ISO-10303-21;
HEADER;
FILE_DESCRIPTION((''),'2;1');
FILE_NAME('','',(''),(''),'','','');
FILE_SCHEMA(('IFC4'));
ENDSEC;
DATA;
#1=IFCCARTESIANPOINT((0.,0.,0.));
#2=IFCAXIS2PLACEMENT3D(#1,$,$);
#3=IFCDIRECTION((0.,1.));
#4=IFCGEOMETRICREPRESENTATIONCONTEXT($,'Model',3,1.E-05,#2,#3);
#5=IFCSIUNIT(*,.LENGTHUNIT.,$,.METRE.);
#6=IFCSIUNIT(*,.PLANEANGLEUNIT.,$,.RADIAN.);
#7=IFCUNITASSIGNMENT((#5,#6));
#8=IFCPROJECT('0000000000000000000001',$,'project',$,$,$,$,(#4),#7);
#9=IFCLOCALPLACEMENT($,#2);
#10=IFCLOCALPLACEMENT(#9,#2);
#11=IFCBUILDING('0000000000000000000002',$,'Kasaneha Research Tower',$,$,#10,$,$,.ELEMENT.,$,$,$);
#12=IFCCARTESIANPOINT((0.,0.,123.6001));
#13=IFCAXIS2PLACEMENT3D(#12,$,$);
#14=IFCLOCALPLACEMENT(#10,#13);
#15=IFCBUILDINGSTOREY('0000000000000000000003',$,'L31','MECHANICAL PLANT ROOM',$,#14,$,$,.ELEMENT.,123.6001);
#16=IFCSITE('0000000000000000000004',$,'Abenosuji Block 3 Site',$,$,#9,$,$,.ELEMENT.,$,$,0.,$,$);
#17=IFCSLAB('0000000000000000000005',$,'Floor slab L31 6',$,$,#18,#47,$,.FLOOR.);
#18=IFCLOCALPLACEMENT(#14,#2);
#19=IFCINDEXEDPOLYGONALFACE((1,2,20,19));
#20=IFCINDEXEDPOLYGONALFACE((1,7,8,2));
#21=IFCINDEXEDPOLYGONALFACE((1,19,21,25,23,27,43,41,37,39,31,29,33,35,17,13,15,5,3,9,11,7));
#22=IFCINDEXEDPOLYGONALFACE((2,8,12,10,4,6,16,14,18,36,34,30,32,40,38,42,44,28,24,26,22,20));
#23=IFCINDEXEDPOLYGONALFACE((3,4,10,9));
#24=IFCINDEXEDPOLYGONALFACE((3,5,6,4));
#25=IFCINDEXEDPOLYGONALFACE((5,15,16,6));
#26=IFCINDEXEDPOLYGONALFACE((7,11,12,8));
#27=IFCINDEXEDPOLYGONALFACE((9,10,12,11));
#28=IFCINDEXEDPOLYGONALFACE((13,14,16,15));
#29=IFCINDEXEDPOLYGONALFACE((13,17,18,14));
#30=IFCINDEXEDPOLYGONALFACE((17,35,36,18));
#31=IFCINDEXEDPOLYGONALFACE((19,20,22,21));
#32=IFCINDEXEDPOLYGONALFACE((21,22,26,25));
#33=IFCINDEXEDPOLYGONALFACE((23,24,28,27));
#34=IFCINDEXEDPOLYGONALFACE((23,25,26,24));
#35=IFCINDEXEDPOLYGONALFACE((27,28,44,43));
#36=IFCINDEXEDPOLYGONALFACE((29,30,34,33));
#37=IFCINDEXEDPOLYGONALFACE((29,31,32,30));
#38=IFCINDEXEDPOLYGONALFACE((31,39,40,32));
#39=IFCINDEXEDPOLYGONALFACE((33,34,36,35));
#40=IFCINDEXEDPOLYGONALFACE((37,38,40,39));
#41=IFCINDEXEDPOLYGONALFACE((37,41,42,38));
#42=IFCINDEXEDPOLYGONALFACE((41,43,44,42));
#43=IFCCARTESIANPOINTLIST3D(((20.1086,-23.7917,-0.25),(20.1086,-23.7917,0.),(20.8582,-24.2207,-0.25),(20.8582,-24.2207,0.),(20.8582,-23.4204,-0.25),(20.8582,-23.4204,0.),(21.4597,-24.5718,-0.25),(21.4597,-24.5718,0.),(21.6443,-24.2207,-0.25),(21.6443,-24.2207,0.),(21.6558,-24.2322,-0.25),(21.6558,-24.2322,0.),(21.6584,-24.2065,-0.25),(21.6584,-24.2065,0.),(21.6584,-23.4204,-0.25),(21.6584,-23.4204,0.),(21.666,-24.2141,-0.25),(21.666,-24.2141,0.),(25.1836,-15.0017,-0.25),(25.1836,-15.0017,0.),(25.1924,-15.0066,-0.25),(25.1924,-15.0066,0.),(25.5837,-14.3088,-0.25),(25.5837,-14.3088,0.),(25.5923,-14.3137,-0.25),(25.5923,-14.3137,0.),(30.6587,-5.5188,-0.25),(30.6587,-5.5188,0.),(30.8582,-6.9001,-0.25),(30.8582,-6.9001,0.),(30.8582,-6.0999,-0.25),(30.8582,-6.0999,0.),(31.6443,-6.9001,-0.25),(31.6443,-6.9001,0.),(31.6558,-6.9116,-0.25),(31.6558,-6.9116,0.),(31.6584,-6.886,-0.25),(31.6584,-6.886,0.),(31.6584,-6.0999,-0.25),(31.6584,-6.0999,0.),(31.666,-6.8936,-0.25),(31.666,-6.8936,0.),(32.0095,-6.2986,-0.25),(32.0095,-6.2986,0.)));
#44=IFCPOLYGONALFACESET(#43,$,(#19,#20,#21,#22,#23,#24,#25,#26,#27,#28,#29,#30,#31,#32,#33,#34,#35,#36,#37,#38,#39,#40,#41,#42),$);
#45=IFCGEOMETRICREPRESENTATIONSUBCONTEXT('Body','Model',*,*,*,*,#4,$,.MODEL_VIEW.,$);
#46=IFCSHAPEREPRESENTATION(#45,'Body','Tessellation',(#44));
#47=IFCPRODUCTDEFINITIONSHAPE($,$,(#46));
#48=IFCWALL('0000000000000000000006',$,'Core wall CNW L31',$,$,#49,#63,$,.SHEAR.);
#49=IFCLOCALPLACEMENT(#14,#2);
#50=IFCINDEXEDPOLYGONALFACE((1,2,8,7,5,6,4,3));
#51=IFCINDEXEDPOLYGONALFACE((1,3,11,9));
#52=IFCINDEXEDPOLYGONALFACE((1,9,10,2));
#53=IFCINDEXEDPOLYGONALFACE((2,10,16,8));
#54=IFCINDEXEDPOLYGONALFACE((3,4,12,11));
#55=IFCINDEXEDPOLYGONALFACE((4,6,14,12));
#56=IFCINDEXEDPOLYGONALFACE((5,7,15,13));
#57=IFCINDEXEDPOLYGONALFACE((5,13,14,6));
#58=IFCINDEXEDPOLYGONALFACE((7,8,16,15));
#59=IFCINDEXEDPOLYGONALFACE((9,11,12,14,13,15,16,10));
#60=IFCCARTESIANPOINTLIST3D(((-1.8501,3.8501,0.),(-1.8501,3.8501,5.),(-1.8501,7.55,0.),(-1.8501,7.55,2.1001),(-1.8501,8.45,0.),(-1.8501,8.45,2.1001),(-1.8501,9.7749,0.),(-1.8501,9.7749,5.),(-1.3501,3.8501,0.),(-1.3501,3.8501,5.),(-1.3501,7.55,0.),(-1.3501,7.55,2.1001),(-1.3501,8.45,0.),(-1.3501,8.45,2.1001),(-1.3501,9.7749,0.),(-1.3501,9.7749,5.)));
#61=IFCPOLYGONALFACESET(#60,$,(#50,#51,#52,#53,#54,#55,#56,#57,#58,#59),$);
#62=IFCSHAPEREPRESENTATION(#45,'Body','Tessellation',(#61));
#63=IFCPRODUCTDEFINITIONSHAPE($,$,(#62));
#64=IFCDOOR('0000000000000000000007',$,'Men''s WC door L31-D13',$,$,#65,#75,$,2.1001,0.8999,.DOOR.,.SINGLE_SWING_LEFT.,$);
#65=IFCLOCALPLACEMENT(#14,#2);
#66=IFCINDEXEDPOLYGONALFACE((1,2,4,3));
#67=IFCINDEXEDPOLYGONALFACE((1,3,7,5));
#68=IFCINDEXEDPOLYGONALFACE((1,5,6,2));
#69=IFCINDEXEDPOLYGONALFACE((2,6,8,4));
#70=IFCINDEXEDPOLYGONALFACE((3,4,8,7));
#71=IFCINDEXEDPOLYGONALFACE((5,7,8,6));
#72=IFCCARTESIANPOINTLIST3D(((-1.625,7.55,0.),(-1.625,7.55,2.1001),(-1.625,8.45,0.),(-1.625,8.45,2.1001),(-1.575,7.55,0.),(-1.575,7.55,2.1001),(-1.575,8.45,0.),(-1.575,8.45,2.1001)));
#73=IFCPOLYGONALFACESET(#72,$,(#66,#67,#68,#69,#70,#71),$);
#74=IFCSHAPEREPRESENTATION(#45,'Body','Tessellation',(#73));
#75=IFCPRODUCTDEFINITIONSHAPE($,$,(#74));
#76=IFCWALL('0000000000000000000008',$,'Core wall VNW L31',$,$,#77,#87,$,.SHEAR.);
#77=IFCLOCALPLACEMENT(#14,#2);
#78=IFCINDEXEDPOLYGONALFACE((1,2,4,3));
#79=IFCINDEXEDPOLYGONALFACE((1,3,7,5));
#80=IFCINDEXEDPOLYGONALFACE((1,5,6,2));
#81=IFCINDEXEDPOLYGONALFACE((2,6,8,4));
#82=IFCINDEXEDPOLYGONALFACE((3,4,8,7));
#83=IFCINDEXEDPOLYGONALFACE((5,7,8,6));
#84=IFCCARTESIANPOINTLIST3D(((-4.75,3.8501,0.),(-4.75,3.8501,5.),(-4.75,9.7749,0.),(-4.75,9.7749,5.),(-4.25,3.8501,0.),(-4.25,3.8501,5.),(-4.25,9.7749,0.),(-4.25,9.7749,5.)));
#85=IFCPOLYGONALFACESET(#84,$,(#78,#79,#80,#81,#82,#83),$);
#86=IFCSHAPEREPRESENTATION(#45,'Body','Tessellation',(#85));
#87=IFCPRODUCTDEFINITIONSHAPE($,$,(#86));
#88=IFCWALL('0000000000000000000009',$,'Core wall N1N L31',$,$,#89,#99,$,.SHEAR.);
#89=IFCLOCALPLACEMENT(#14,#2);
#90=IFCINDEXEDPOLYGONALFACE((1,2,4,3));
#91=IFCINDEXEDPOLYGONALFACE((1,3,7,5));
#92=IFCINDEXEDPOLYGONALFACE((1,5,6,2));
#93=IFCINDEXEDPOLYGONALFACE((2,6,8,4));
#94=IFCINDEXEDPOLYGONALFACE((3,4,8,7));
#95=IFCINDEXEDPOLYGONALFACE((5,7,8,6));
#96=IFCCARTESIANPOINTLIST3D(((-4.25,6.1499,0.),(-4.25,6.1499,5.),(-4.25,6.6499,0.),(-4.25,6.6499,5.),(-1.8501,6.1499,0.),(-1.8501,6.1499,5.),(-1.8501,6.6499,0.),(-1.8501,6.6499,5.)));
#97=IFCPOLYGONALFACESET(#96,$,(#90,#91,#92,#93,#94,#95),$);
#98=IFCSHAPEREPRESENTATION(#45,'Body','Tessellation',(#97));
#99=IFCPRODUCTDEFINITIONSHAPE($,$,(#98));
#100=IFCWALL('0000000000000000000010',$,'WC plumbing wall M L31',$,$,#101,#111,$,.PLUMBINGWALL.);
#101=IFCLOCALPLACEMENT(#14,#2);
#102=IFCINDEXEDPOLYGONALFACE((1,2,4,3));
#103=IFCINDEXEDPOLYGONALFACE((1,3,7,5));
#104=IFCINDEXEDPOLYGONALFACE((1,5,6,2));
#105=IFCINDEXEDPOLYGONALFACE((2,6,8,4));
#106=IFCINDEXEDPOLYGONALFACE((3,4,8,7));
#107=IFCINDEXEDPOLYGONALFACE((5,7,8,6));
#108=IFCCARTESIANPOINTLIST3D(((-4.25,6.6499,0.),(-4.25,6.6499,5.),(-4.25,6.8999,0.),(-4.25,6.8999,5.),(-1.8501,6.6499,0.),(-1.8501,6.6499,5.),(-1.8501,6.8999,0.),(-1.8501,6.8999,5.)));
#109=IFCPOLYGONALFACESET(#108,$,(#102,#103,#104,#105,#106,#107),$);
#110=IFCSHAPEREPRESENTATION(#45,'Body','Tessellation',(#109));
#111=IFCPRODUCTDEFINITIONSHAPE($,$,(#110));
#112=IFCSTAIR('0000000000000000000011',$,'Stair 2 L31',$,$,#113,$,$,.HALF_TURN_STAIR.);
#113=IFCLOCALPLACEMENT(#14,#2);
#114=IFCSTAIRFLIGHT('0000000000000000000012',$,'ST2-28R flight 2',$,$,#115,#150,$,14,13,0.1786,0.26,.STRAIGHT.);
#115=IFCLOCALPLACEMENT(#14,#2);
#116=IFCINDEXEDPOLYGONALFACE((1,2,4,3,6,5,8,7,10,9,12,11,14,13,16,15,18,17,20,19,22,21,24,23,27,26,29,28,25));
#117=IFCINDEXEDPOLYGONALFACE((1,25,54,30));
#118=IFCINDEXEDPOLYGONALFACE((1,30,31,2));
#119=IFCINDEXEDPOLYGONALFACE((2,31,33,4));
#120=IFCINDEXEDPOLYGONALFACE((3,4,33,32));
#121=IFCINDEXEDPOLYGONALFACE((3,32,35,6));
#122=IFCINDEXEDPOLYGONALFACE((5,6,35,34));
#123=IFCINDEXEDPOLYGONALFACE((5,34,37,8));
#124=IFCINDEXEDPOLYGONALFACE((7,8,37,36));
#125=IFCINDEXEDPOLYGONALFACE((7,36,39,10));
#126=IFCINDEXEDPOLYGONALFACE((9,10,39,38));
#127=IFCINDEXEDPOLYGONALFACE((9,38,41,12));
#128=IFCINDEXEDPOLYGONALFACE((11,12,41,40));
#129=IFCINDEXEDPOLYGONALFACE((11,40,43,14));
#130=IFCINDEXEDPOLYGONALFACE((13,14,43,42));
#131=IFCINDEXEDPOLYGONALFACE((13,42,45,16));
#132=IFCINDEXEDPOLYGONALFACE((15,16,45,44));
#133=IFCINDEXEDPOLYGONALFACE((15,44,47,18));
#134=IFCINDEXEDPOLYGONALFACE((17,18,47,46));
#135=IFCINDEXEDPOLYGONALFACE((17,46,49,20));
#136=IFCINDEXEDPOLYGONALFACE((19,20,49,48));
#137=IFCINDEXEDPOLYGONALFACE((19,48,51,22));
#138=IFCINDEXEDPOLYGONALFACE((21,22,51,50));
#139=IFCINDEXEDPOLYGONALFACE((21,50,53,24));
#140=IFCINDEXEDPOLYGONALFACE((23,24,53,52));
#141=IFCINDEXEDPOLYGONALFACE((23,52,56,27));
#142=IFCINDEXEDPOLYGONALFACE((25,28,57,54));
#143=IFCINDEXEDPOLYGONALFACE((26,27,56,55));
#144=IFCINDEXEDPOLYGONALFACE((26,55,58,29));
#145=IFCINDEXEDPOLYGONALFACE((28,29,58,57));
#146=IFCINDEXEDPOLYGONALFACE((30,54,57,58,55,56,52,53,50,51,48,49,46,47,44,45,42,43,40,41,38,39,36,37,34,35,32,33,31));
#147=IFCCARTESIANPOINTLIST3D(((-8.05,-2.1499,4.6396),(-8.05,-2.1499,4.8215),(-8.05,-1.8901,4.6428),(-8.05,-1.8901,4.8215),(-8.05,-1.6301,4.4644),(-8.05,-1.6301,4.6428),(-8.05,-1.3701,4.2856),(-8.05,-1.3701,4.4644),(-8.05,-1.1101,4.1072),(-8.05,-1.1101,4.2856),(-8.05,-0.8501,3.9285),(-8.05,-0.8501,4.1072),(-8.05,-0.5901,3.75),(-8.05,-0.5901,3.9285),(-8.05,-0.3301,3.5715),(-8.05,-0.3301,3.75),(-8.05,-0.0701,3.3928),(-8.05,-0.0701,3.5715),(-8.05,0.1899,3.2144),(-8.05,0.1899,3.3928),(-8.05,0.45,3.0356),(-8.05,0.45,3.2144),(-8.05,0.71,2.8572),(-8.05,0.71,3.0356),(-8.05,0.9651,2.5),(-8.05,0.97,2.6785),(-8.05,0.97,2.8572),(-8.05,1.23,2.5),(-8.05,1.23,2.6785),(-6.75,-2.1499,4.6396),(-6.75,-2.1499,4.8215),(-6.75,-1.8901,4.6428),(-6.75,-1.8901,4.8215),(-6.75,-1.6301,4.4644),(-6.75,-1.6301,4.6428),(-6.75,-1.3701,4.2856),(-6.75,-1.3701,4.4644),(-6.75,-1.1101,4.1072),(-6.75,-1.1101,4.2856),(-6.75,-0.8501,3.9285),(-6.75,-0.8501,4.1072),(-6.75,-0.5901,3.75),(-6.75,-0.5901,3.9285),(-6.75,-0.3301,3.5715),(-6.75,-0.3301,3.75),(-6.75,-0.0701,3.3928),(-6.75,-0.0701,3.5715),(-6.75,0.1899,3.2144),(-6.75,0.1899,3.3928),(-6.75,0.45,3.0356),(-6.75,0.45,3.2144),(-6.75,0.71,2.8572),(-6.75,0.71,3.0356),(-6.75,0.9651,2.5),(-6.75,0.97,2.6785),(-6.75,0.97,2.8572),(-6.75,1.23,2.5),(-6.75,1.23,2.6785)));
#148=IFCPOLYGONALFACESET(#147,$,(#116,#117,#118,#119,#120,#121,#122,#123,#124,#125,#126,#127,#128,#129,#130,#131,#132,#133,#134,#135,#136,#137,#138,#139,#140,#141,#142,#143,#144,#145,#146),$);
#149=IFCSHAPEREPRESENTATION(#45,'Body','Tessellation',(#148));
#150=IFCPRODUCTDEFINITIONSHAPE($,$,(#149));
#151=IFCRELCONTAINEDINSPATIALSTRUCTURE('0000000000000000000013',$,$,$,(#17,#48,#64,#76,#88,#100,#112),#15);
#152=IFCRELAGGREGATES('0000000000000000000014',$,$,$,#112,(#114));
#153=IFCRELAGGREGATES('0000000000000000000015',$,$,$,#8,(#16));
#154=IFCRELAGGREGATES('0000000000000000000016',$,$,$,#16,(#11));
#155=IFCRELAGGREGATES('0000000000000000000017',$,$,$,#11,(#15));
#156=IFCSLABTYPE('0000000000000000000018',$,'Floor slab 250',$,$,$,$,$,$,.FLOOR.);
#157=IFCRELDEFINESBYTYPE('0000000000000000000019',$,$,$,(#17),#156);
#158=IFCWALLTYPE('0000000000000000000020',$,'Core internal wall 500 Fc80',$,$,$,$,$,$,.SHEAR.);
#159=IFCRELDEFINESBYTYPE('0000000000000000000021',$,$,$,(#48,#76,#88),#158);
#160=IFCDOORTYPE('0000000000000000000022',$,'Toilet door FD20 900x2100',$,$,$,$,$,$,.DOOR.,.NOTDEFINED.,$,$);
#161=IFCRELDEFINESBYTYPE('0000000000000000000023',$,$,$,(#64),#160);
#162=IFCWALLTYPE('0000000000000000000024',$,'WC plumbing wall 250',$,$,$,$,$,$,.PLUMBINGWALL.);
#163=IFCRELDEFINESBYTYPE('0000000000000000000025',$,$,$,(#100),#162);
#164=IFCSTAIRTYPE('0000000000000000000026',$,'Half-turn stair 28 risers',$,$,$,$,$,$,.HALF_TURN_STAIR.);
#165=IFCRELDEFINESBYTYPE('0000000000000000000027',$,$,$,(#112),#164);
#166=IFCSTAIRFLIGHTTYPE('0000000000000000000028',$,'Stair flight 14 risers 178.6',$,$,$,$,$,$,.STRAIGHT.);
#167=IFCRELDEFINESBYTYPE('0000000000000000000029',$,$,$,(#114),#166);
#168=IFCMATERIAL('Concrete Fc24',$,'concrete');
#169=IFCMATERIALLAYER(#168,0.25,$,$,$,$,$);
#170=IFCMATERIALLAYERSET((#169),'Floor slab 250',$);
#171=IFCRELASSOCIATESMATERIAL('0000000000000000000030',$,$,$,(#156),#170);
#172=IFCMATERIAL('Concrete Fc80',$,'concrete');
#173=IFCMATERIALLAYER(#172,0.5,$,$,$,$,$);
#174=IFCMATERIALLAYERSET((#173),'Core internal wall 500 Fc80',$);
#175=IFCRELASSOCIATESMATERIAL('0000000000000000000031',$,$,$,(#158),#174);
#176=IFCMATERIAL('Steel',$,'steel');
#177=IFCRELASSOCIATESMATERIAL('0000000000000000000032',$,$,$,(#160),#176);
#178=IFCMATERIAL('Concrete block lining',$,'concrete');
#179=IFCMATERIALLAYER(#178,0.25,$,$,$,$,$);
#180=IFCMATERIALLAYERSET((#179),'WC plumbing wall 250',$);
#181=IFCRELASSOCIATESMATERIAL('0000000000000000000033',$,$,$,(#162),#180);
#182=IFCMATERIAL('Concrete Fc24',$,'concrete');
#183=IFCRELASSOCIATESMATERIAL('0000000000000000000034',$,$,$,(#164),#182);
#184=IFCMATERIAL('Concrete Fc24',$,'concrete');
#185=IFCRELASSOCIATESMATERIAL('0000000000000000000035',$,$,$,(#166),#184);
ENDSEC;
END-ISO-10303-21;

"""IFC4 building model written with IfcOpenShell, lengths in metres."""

from ifc_helpers import new_model, si_unit, direction, frame, frame_2d, origin, place, context, subcontext, project, spatial, polyline, rectangle, outline, extrude, material, layer, layer_set, type_object, element, fill, aggregate, save


model = new_model("IFC4")

# Units and contexts
model_context = context("Model", 3, precision=1e-05, world=origin(), true_north=direction((0.0, 1.0)))
body_context = subcontext(model_context, "Body", "Model", "MODEL_VIEW")
ifc_project = project(units=[si_unit("LENGTHUNIT", "METRE"), si_unit("PLANEANGLEUNIT", "RADIAN")], contexts=[model_context])

# Site, building, storey
site_placement = place(None, origin())
site = spatial("IfcSite", under=ifc_project, at=site_placement, Name="Abenosuji Block 3 Site", CompositionType="ELEMENT", RefElevation=0.0)
building_placement = place(site_placement, origin())
building = spatial("IfcBuilding", under=site, at=building_placement, Name="Kasaneha Research Tower", CompositionType="ELEMENT")
storey_placement = place(building_placement, frame((0.0, 0.0, 123.6001)))
storey = spatial("IfcBuildingStorey", under=building, at=storey_placement, Name="L31", Description="MECHANICAL PLANT ROOM", CompositionType="ELEMENT", Elevation=123.6001)

# Slab
ifc_material_1 = material(Name="Concrete Fc24", Category="concrete")
ifc_layer_1 = layer(ifc_material_1, 0.25)
ifc_layer_set_1 = layer_set([ifc_layer_1], Name="Floor slab 250")
slab_type_1 = type_object("IfcSlabType", Name="Floor slab 250", PredefinedType="FLOOR", material=ifc_layer_set_1)
slab_1_placement = place(storey_placement, frame((0.0, 0.0, -0.25)))
element("IfcSlab", 1, at=slab_1_placement, inside=storey, type_object=slab_type_1, Name="Floor slab L31 6", PredefinedType="FLOOR", context=body_context, shape_type="SweptSolid", body=[
    extrude(outline(polyline([(25.1924, -15.0066), (25.5923, -14.3137), (25.5837, -14.3088), (30.6587, -5.5188), (32.0095, -6.2986), (31.666, -6.8936), (31.6584, -6.886), (31.6584, -6.0999), (30.8582, -6.0999), (30.8582, -6.9001), (31.6443, -6.9001), (31.6558, -6.9116), (21.666, -24.2141), (21.6584, -24.2065), (21.6584, -23.4204), (20.8582, -23.4204), (20.8582, -24.2207), (21.6443, -24.2207), (21.6558, -24.2322), (21.4597, -24.5718), (20.1086, -23.7917), (25.1836, -15.0017), (25.1924, -15.0066)])), origin(), (0.0, 0.0, 1.0), 0.25),
])

# Wall, opening, door
ifc_material_2 = material(Name="Concrete Fc80", Category="concrete")
ifc_layer_2 = layer(ifc_material_2, 0.5)
ifc_layer_set_2 = layer_set([ifc_layer_2], Name="Core internal wall 500 Fc80")
wall_type_1 = type_object("IfcWallType", Name="Core internal wall 500 Fc80", PredefinedType="SHEAR", material=ifc_layer_set_2)
wall_1_placement = place(storey_placement, frame((-1.6001, 3.8501, 0.0), z_axis=(0.0, 0.0, 1.0), x_axis=(0.0, 1.0, 0.0)))
wall_1 = element("IfcWall", 2, at=wall_1_placement, inside=storey, type_object=wall_type_1, Name="Core wall CNW L31", PredefinedType="SHEAR", context=body_context, shape_type="SweptSolid", body=[
    extrude(rectangle(XDim=5.9248, YDim=0.5, at=frame_2d((2.9624, 0.0))), origin(), (0.0, 0.0, 1.0), 5.0),
])
opening_1_placement = place(wall_1_placement, frame((3.7, 0.0, 0.0)))
opening_1 = element("IfcOpeningElement", 3, at=opening_1_placement, cuts=wall_1, PredefinedType="OPENING", context=body_context, shape_type="SweptSolid", body=[
    extrude(rectangle(XDim=0.8999, YDim=2.1001, at=frame_2d((0.45, 1.05))), frame((0.0, 0.26, 0.0), z_axis=(0.0, -1.0, 0.0), x_axis=(1.0, 0.0, 0.0)), (0.0, 0.0, 1.0), 0.52),
])
ifc_material_3 = material(Name="Steel", Category="steel")
door_type_1 = type_object("IfcDoorType", Name="Toilet door FD20 900x2100", OperationType="NOTDEFINED", PredefinedType="DOOR", material=ifc_material_3)
door_1_placement = place(opening_1_placement, origin())
door_1 = element("IfcDoor", 4, at=door_1_placement, inside=storey, type_object=door_type_1, Name="Men's WC door L31-D13", OperationType="SINGLE_SWING_LEFT", OverallHeight=2.1001, OverallWidth=0.8999, PredefinedType="DOOR", context=body_context, shape_type="SweptSolid", body=[
    extrude(rectangle(XDim=0.8999, YDim=2.1001, at=frame_2d((0.45, 1.05))), frame((0.0, 0.0249, 0.0), z_axis=(0.0, -1.0, 0.0), x_axis=(1.0, 0.0, 0.0)), (0.0, 0.0, 1.0), 0.05),
])
fill(opening_1, door_1)

# Walls
wall_2_placement = place(storey_placement, frame((-4.5, 3.8501, 0.0), z_axis=(0.0, 0.0, 1.0), x_axis=(0.0, 1.0, 0.0)))
element("IfcWall", 5, at=wall_2_placement, inside=storey, type_object=wall_type_1, Name="Core wall VNW L31", PredefinedType="SHEAR", context=body_context, shape_type="SweptSolid", body=[
    extrude(rectangle(XDim=5.9248, YDim=0.5, at=frame_2d((2.9624, 0.0))), origin(), (0.0, 0.0, 1.0), 5.0),
])
wall_3_placement = place(storey_placement, frame((-4.25, 6.3999, 0.0), z_axis=(0.0, 0.0, 1.0), x_axis=(1.0, 0.0, 0.0)))
element("IfcWall", 6, at=wall_3_placement, inside=storey, type_object=wall_type_1, Name="Core wall N1N L31", PredefinedType="SHEAR", context=body_context, shape_type="SweptSolid", body=[
    extrude(rectangle(XDim=2.3999, YDim=0.5, at=frame_2d((1.2, 0.0))), origin(), (0.0, 0.0, 1.0), 5.0),
])

# Wall
ifc_material_4 = material(Name="Concrete block lining", Category="concrete")
ifc_layer_3 = layer(ifc_material_4, 0.25)
ifc_layer_set_3 = layer_set([ifc_layer_3], Name="WC plumbing wall 250")
wall_type_2 = type_object("IfcWallType", Name="WC plumbing wall 250", PredefinedType="PLUMBINGWALL", material=ifc_layer_set_3)
wall_4_placement = place(storey_placement, frame((-4.25, 6.7749, 0.0), z_axis=(0.0, 0.0, 1.0), x_axis=(1.0, 0.0, 0.0)))
element("IfcWall", 7, at=wall_4_placement, inside=storey, type_object=wall_type_2, Name="WC plumbing wall M L31", PredefinedType="PLUMBINGWALL", context=body_context, shape_type="SweptSolid", body=[
    extrude(rectangle(XDim=2.3999, YDim=0.25, at=frame_2d((1.2, 0.0))), origin(), (0.0, 0.0, 1.0), 5.0),
])

# Stair, stair flight
ifc_material_5 = material(Name="Concrete Fc24", Category="concrete")
stair_type = type_object("IfcStairType", Name="Half-turn stair 28 risers", PredefinedType="HALF_TURN_STAIR", material=ifc_material_5)
stair_placement = place(storey_placement, origin())
stair = element("IfcStair", 8, at=stair_placement, inside=storey, type_object=stair_type, Name="Stair 2 L31", PredefinedType="HALF_TURN_STAIR")
ifc_material_6 = material(Name="Concrete Fc24", Category="concrete")
stair_flight_type = type_object("IfcStairFlightType", Name="Stair flight 14 risers 178.6", PredefinedType="STRAIGHT", material=ifc_material_6)
stair_flight_placement = place(storey_placement, frame((-7.3999, 1.23, 2.5), z_axis=(0.0, 0.0, 1.0), x_axis=(0.0, -1.0, 0.0)))
stair_flight = element("IfcStairFlight", 9, at=stair_flight_placement, type_object=stair_flight_type, Name="ST2-28R flight 2", NumberOfRisers=14, NumberOfTreads=13, PredefinedType="STRAIGHT", RiserHeight=0.1786, TreadLength=0.26, context=body_context, shape_type="SweptSolid", body=[
    extrude(outline(polyline([(0.0, 0.0), (0.0, 0.1785), (0.26, 0.1785), (0.26, 0.3572), (0.52, 0.3572), (0.52, 0.5356), (0.78, 0.5356), (0.78, 0.7144), (1.04, 0.7144), (1.04, 0.8928), (1.3, 0.8928), (1.3, 1.0715), (1.5601, 1.0715), (1.5601, 1.25), (1.8201, 1.25), (1.8201, 1.4285), (2.0801, 1.4285), (2.0801, 1.6072), (2.3401, 1.6072), (2.3401, 1.7856), (2.6001, 1.7856), (2.6001, 1.9644), (2.8601, 1.9644), (2.8601, 2.1428), (3.1201, 2.1428), (3.1201, 2.3215), (3.3799, 2.3215), (3.3799, 2.5), (3.3799, 2.1396), (0.2649, 0.0), (0.0, 0.0)])), frame((0.0, 0.6499, 0.0), z_axis=(0.0, -1.0, 0.0), x_axis=(1.0, 0.0, 0.0)), (0.0, 0.0, 1.0), 1.3),
])
aggregate(stair, [stair_flight])

save(model, "model.ifc")
